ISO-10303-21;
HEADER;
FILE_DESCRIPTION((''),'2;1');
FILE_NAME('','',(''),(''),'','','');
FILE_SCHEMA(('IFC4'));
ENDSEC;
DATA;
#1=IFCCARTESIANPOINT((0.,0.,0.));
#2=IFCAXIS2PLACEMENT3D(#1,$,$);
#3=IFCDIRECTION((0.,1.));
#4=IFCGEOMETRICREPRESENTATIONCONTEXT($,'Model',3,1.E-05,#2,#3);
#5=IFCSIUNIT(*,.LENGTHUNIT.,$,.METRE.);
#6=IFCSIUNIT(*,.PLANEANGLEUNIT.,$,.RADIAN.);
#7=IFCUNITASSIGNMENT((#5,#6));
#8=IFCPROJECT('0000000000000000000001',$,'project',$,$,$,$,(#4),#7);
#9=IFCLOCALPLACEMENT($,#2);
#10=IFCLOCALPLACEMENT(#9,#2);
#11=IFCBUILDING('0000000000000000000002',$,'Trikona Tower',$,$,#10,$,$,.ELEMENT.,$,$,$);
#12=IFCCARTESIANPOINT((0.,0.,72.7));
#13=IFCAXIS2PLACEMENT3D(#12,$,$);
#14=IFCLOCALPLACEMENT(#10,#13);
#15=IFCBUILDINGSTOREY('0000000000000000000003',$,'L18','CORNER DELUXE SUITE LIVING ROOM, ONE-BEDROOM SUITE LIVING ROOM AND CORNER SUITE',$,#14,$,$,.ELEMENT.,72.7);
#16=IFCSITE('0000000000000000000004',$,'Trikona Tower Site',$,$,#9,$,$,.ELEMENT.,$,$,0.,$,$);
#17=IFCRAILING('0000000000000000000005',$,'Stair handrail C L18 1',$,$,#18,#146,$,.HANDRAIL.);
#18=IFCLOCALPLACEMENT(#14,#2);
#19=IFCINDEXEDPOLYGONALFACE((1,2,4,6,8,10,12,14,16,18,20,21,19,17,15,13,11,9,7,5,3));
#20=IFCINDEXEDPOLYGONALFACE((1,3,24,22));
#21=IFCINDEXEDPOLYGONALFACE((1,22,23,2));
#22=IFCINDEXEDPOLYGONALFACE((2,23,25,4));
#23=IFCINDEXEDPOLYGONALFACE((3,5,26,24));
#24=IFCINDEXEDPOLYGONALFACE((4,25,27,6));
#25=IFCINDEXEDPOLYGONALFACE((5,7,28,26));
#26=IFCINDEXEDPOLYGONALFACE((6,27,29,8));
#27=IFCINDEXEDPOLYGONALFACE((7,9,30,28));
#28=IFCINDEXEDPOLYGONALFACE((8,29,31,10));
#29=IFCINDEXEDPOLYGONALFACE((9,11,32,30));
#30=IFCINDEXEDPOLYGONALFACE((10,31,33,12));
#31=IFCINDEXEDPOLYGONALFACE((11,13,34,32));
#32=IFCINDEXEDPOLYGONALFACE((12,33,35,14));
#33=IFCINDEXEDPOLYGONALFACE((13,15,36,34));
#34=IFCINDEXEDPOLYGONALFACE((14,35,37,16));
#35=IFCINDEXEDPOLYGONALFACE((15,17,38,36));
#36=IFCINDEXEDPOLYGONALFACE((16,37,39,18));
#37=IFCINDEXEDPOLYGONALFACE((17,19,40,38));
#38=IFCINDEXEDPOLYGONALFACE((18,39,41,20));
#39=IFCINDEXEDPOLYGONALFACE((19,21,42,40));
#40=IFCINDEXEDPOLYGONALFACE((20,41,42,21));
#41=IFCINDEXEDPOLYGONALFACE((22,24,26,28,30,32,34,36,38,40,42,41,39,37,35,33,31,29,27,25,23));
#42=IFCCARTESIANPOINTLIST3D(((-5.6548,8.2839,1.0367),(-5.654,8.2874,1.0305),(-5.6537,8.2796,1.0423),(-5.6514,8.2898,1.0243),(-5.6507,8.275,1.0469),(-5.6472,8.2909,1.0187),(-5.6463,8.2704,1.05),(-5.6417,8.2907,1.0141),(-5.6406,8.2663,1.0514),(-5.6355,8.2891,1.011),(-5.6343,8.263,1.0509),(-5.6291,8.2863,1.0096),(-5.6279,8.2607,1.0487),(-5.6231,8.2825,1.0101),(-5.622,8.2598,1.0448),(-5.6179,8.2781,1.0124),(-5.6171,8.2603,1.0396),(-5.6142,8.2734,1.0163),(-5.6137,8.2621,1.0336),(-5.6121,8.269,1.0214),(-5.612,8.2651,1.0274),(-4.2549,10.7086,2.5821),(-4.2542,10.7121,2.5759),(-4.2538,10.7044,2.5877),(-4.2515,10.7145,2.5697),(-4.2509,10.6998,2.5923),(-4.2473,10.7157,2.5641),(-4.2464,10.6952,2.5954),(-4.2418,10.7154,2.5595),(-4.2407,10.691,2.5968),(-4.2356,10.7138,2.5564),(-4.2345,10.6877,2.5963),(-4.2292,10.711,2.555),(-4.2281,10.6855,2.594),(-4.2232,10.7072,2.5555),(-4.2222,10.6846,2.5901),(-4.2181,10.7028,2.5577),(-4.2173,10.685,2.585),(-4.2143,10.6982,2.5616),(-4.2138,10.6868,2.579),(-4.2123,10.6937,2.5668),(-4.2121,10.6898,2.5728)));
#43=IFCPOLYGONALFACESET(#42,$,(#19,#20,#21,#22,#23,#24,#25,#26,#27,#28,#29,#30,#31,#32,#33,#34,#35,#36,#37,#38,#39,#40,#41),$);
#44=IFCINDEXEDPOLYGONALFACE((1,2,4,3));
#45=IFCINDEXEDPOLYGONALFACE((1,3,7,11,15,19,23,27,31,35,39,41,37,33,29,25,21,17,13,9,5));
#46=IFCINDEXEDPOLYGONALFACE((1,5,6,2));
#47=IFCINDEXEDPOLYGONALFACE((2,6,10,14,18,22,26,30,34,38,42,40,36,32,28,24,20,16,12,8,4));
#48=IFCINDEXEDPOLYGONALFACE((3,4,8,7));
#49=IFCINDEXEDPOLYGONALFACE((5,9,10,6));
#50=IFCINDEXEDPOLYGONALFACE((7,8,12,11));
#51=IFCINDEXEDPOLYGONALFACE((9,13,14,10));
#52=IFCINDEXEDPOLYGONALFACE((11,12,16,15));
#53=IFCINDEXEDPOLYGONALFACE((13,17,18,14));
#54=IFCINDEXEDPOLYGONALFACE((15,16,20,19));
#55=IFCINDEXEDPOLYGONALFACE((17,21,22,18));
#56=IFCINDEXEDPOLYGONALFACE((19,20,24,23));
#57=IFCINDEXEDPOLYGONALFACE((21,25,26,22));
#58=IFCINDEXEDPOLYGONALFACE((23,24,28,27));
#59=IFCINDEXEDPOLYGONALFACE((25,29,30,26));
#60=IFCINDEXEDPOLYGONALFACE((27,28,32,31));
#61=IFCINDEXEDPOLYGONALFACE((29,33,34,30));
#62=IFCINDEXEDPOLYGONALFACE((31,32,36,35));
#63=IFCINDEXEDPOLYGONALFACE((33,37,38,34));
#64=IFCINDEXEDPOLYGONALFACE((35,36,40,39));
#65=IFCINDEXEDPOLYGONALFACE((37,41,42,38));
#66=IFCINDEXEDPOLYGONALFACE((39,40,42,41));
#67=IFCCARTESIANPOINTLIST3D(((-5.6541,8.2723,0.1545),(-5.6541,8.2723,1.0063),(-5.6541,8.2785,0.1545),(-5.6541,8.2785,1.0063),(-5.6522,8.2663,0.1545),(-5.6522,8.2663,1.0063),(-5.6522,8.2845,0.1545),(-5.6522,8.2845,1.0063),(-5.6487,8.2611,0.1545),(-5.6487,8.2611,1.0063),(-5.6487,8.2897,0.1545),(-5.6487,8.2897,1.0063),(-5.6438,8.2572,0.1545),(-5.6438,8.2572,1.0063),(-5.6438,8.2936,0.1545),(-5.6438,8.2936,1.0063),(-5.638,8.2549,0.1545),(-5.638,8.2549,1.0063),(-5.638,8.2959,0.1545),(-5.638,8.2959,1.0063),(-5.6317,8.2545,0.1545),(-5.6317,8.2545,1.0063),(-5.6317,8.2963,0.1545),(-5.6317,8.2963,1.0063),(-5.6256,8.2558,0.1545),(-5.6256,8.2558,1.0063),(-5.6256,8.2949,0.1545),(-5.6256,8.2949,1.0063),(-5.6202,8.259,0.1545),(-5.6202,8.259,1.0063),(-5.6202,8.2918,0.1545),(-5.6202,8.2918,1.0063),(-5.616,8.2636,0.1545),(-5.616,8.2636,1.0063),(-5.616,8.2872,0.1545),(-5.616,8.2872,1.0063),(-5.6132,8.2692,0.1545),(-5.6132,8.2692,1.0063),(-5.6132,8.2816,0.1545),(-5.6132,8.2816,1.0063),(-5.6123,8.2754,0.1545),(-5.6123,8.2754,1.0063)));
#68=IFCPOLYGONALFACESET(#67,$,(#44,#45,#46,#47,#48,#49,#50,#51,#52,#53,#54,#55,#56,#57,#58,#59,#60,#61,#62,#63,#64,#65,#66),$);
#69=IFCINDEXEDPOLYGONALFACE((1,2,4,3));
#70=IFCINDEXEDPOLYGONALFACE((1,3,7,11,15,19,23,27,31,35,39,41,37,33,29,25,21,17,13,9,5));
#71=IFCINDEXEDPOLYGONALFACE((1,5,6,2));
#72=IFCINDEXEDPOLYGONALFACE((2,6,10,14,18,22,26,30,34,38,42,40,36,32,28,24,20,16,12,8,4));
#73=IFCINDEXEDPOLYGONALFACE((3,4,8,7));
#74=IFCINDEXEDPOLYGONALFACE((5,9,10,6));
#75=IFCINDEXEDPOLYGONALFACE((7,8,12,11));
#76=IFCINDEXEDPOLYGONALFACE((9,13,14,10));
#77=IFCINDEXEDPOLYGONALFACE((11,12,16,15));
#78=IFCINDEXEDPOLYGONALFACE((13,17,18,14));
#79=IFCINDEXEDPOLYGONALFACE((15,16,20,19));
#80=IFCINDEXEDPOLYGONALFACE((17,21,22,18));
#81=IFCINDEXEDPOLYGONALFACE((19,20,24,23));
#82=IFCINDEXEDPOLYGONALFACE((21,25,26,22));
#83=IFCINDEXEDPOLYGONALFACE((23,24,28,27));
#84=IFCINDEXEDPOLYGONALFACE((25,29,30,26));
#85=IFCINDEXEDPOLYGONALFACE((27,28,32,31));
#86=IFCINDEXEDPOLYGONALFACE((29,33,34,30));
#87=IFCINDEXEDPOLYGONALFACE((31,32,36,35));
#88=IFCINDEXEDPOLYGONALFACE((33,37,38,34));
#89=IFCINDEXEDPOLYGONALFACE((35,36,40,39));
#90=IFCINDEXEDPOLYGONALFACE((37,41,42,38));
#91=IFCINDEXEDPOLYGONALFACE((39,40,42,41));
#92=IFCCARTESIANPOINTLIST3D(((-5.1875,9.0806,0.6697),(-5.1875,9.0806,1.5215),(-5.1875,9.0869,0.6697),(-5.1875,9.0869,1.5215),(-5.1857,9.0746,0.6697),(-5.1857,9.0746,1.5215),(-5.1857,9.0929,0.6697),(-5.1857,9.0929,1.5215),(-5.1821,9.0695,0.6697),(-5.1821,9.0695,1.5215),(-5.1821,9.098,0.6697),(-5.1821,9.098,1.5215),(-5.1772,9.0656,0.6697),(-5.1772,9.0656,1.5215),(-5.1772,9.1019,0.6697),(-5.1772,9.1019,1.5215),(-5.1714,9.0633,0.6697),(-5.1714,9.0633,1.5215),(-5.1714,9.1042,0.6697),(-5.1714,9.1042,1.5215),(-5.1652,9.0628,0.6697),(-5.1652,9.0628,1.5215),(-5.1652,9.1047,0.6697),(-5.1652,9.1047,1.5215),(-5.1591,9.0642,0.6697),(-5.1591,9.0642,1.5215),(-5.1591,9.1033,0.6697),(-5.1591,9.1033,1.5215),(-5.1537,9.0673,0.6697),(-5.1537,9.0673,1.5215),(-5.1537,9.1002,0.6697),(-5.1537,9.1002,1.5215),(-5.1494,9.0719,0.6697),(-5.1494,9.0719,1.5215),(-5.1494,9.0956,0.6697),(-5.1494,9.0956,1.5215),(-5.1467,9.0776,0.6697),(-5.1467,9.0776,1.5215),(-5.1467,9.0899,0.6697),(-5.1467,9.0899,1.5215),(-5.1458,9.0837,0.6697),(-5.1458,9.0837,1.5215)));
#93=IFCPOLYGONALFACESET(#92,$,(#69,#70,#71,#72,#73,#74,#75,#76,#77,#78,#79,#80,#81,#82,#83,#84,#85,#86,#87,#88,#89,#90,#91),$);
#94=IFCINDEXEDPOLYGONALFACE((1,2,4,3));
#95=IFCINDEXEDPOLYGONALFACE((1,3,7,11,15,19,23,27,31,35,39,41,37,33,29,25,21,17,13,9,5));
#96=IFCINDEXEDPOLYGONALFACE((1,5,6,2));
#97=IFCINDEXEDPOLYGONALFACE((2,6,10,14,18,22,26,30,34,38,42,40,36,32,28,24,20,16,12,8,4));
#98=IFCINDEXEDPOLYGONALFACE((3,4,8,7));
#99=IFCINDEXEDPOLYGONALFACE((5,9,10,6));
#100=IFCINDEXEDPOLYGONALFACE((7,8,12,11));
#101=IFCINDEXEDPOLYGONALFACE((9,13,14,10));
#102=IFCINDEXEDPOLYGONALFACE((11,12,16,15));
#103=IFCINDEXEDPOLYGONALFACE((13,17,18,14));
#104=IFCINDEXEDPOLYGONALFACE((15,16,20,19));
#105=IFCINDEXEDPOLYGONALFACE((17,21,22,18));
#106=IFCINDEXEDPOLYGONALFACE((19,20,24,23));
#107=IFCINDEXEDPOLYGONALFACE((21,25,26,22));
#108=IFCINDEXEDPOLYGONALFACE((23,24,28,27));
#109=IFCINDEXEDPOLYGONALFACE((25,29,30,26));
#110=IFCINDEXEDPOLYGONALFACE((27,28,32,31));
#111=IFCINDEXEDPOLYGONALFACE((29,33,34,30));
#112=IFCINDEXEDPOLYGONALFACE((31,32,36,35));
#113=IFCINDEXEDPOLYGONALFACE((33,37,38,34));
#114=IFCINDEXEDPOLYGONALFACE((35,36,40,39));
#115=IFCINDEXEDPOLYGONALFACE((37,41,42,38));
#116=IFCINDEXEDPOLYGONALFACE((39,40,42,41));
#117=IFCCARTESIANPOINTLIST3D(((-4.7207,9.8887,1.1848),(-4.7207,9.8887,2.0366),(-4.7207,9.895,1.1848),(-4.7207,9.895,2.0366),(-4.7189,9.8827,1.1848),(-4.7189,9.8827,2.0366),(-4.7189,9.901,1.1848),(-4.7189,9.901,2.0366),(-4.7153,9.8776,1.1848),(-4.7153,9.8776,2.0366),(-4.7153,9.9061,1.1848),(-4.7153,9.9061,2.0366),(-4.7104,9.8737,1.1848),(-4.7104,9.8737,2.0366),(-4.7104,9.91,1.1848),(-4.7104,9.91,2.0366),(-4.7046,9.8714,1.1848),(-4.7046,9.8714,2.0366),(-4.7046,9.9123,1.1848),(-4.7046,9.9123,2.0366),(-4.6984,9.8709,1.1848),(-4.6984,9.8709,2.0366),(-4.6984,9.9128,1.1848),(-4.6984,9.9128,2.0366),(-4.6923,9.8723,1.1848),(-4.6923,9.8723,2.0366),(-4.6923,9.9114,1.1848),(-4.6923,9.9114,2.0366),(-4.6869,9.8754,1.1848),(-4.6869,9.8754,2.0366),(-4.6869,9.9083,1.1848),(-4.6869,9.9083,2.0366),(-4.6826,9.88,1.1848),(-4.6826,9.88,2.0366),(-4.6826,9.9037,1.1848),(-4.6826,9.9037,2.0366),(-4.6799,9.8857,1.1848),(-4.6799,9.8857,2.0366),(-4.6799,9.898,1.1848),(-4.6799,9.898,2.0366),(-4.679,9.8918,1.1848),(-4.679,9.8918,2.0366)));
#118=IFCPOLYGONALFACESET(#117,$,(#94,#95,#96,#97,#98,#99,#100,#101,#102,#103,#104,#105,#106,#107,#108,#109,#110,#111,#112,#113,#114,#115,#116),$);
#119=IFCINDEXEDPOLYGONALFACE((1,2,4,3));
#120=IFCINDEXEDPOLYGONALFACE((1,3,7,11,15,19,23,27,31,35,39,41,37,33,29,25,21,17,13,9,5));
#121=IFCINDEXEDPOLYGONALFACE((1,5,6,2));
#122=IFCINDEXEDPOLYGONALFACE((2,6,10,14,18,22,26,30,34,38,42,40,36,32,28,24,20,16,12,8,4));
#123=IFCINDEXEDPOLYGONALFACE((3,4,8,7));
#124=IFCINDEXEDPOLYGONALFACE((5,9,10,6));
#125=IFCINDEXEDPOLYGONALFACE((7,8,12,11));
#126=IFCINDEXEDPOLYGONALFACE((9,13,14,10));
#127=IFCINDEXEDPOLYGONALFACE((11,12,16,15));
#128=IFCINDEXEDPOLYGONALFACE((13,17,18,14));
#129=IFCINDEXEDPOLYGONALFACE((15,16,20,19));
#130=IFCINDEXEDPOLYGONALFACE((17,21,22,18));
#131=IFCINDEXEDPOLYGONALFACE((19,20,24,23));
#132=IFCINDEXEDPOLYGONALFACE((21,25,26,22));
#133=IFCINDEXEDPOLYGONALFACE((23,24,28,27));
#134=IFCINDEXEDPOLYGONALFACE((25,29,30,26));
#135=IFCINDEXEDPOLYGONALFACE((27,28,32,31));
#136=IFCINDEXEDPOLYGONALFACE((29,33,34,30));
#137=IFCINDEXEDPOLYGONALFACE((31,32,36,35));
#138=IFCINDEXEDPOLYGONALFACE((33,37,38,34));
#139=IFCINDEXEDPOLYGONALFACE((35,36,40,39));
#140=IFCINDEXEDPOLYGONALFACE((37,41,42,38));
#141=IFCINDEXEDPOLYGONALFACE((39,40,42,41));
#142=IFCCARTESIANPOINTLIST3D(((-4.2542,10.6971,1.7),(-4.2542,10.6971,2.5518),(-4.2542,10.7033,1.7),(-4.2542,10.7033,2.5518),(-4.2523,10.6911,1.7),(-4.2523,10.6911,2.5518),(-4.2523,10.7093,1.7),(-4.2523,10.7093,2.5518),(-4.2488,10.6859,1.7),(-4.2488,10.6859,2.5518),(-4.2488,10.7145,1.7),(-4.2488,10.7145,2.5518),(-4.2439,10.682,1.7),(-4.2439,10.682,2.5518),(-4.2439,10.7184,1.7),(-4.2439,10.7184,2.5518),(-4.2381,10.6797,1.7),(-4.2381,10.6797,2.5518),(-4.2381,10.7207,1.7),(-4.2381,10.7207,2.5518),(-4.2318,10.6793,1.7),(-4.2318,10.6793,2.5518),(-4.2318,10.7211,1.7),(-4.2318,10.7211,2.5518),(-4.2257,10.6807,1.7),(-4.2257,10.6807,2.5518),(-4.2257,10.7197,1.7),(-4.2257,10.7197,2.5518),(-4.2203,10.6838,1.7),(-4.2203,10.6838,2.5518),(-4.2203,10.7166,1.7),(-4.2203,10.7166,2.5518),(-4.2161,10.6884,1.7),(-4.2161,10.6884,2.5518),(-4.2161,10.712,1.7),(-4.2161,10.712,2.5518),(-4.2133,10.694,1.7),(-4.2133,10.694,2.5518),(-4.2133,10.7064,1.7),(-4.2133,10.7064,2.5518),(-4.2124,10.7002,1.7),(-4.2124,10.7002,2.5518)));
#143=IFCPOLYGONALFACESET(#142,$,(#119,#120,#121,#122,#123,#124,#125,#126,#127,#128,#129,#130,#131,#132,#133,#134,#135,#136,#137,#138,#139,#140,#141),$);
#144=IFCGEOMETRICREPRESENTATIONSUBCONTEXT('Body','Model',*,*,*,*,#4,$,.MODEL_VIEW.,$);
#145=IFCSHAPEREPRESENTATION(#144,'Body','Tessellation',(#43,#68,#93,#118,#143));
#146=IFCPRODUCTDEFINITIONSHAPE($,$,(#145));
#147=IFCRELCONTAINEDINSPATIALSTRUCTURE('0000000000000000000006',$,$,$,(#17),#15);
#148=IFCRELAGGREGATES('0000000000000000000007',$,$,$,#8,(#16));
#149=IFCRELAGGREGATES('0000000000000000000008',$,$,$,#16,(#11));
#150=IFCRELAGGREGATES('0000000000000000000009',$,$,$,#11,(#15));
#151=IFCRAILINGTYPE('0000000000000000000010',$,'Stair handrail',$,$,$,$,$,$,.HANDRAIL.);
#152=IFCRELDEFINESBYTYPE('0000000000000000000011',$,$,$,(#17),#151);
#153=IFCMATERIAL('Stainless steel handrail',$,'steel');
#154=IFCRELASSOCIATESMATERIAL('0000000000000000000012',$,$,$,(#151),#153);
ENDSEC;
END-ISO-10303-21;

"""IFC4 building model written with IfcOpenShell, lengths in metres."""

from ifc_helpers import new_model, si_unit, direction, frame, origin, origin_2d, place, context, subcontext, project, spatial, circle, extrude, material, type_object, element, save


model = new_model("IFC4")

# Units and contexts
model_context = context("Model", 3, precision=1e-05, world=origin(), true_north=direction((0.0, 1.0)))
body_context = subcontext(model_context, "Body", "Model", "MODEL_VIEW")
ifc_project = project(units=[si_unit("LENGTHUNIT", "METRE"), si_unit("PLANEANGLEUNIT", "RADIAN")], contexts=[model_context])

# Site, building, storey
site_placement = place(None, origin())
site = spatial("IfcSite", under=ifc_project, at=site_placement, Name="Trikona Tower Site", CompositionType="ELEMENT", RefElevation=0.0)
building_placement = place(site_placement, origin())
building = spatial("IfcBuilding", under=site, at=building_placement, Name="Trikona Tower", CompositionType="ELEMENT")
storey_placement = place(building_placement, frame((0.0, 0.0, 72.7)))
storey = spatial("IfcBuildingStorey", under=building, at=storey_placement, Name="L18", Description="CORNER DELUXE SUITE LIVING ROOM, ONE-BEDROOM SUITE LIVING ROOM AND CORNER SUITE", CompositionType="ELEMENT", Elevation=72.7)

# Railing
ifc_material_1 = material(Name="Stainless steel handrail", Category="steel")
railing_type = type_object("IfcRailingType", Name="Stair handrail", PredefinedType="HANDRAIL", material=ifc_material_1)
railing_1_placement = place(storey_placement, frame((-5.6333, 8.2754, 0.1545)))
element("IfcRailing", 1, at=railing_1_placement, inside=storey, type_object=railing_type, Name="Stair handrail C L18 1", PredefinedType="HANDRAIL", context=body_context, shape_type="SweptSolid", body=[
    extrude(circle(Radius=0.0239, at=origin_2d()), frame((0.0, 0.0, 0.876), z_axis=(0.437733, 0.758207, 0.483231), x_axis=(-0.866035, 0.499984, 0.0)), (0.0, 0.0, 1.0), 3.198),
    extrude(circle(Radius=0.021, at=origin_2d()), origin(), (0.0, 0.0, 1.0), 0.8518),
    extrude(circle(Radius=0.021, at=origin_2d()), frame((0.4666, 0.8083, 0.5151)), (0.0, 0.0, 1.0), 0.8518),
    extrude(circle(Radius=0.021, at=origin_2d()), frame((0.9333, 1.6165, 1.0303)), (0.0, 0.0, 1.0), 0.8518),
    extrude(circle(Radius=0.021, at=origin_2d()), frame((1.3999, 2.4248, 1.5454)), (0.0, 0.0, 1.0), 0.8518),
])

save(model, "model.ifc")
